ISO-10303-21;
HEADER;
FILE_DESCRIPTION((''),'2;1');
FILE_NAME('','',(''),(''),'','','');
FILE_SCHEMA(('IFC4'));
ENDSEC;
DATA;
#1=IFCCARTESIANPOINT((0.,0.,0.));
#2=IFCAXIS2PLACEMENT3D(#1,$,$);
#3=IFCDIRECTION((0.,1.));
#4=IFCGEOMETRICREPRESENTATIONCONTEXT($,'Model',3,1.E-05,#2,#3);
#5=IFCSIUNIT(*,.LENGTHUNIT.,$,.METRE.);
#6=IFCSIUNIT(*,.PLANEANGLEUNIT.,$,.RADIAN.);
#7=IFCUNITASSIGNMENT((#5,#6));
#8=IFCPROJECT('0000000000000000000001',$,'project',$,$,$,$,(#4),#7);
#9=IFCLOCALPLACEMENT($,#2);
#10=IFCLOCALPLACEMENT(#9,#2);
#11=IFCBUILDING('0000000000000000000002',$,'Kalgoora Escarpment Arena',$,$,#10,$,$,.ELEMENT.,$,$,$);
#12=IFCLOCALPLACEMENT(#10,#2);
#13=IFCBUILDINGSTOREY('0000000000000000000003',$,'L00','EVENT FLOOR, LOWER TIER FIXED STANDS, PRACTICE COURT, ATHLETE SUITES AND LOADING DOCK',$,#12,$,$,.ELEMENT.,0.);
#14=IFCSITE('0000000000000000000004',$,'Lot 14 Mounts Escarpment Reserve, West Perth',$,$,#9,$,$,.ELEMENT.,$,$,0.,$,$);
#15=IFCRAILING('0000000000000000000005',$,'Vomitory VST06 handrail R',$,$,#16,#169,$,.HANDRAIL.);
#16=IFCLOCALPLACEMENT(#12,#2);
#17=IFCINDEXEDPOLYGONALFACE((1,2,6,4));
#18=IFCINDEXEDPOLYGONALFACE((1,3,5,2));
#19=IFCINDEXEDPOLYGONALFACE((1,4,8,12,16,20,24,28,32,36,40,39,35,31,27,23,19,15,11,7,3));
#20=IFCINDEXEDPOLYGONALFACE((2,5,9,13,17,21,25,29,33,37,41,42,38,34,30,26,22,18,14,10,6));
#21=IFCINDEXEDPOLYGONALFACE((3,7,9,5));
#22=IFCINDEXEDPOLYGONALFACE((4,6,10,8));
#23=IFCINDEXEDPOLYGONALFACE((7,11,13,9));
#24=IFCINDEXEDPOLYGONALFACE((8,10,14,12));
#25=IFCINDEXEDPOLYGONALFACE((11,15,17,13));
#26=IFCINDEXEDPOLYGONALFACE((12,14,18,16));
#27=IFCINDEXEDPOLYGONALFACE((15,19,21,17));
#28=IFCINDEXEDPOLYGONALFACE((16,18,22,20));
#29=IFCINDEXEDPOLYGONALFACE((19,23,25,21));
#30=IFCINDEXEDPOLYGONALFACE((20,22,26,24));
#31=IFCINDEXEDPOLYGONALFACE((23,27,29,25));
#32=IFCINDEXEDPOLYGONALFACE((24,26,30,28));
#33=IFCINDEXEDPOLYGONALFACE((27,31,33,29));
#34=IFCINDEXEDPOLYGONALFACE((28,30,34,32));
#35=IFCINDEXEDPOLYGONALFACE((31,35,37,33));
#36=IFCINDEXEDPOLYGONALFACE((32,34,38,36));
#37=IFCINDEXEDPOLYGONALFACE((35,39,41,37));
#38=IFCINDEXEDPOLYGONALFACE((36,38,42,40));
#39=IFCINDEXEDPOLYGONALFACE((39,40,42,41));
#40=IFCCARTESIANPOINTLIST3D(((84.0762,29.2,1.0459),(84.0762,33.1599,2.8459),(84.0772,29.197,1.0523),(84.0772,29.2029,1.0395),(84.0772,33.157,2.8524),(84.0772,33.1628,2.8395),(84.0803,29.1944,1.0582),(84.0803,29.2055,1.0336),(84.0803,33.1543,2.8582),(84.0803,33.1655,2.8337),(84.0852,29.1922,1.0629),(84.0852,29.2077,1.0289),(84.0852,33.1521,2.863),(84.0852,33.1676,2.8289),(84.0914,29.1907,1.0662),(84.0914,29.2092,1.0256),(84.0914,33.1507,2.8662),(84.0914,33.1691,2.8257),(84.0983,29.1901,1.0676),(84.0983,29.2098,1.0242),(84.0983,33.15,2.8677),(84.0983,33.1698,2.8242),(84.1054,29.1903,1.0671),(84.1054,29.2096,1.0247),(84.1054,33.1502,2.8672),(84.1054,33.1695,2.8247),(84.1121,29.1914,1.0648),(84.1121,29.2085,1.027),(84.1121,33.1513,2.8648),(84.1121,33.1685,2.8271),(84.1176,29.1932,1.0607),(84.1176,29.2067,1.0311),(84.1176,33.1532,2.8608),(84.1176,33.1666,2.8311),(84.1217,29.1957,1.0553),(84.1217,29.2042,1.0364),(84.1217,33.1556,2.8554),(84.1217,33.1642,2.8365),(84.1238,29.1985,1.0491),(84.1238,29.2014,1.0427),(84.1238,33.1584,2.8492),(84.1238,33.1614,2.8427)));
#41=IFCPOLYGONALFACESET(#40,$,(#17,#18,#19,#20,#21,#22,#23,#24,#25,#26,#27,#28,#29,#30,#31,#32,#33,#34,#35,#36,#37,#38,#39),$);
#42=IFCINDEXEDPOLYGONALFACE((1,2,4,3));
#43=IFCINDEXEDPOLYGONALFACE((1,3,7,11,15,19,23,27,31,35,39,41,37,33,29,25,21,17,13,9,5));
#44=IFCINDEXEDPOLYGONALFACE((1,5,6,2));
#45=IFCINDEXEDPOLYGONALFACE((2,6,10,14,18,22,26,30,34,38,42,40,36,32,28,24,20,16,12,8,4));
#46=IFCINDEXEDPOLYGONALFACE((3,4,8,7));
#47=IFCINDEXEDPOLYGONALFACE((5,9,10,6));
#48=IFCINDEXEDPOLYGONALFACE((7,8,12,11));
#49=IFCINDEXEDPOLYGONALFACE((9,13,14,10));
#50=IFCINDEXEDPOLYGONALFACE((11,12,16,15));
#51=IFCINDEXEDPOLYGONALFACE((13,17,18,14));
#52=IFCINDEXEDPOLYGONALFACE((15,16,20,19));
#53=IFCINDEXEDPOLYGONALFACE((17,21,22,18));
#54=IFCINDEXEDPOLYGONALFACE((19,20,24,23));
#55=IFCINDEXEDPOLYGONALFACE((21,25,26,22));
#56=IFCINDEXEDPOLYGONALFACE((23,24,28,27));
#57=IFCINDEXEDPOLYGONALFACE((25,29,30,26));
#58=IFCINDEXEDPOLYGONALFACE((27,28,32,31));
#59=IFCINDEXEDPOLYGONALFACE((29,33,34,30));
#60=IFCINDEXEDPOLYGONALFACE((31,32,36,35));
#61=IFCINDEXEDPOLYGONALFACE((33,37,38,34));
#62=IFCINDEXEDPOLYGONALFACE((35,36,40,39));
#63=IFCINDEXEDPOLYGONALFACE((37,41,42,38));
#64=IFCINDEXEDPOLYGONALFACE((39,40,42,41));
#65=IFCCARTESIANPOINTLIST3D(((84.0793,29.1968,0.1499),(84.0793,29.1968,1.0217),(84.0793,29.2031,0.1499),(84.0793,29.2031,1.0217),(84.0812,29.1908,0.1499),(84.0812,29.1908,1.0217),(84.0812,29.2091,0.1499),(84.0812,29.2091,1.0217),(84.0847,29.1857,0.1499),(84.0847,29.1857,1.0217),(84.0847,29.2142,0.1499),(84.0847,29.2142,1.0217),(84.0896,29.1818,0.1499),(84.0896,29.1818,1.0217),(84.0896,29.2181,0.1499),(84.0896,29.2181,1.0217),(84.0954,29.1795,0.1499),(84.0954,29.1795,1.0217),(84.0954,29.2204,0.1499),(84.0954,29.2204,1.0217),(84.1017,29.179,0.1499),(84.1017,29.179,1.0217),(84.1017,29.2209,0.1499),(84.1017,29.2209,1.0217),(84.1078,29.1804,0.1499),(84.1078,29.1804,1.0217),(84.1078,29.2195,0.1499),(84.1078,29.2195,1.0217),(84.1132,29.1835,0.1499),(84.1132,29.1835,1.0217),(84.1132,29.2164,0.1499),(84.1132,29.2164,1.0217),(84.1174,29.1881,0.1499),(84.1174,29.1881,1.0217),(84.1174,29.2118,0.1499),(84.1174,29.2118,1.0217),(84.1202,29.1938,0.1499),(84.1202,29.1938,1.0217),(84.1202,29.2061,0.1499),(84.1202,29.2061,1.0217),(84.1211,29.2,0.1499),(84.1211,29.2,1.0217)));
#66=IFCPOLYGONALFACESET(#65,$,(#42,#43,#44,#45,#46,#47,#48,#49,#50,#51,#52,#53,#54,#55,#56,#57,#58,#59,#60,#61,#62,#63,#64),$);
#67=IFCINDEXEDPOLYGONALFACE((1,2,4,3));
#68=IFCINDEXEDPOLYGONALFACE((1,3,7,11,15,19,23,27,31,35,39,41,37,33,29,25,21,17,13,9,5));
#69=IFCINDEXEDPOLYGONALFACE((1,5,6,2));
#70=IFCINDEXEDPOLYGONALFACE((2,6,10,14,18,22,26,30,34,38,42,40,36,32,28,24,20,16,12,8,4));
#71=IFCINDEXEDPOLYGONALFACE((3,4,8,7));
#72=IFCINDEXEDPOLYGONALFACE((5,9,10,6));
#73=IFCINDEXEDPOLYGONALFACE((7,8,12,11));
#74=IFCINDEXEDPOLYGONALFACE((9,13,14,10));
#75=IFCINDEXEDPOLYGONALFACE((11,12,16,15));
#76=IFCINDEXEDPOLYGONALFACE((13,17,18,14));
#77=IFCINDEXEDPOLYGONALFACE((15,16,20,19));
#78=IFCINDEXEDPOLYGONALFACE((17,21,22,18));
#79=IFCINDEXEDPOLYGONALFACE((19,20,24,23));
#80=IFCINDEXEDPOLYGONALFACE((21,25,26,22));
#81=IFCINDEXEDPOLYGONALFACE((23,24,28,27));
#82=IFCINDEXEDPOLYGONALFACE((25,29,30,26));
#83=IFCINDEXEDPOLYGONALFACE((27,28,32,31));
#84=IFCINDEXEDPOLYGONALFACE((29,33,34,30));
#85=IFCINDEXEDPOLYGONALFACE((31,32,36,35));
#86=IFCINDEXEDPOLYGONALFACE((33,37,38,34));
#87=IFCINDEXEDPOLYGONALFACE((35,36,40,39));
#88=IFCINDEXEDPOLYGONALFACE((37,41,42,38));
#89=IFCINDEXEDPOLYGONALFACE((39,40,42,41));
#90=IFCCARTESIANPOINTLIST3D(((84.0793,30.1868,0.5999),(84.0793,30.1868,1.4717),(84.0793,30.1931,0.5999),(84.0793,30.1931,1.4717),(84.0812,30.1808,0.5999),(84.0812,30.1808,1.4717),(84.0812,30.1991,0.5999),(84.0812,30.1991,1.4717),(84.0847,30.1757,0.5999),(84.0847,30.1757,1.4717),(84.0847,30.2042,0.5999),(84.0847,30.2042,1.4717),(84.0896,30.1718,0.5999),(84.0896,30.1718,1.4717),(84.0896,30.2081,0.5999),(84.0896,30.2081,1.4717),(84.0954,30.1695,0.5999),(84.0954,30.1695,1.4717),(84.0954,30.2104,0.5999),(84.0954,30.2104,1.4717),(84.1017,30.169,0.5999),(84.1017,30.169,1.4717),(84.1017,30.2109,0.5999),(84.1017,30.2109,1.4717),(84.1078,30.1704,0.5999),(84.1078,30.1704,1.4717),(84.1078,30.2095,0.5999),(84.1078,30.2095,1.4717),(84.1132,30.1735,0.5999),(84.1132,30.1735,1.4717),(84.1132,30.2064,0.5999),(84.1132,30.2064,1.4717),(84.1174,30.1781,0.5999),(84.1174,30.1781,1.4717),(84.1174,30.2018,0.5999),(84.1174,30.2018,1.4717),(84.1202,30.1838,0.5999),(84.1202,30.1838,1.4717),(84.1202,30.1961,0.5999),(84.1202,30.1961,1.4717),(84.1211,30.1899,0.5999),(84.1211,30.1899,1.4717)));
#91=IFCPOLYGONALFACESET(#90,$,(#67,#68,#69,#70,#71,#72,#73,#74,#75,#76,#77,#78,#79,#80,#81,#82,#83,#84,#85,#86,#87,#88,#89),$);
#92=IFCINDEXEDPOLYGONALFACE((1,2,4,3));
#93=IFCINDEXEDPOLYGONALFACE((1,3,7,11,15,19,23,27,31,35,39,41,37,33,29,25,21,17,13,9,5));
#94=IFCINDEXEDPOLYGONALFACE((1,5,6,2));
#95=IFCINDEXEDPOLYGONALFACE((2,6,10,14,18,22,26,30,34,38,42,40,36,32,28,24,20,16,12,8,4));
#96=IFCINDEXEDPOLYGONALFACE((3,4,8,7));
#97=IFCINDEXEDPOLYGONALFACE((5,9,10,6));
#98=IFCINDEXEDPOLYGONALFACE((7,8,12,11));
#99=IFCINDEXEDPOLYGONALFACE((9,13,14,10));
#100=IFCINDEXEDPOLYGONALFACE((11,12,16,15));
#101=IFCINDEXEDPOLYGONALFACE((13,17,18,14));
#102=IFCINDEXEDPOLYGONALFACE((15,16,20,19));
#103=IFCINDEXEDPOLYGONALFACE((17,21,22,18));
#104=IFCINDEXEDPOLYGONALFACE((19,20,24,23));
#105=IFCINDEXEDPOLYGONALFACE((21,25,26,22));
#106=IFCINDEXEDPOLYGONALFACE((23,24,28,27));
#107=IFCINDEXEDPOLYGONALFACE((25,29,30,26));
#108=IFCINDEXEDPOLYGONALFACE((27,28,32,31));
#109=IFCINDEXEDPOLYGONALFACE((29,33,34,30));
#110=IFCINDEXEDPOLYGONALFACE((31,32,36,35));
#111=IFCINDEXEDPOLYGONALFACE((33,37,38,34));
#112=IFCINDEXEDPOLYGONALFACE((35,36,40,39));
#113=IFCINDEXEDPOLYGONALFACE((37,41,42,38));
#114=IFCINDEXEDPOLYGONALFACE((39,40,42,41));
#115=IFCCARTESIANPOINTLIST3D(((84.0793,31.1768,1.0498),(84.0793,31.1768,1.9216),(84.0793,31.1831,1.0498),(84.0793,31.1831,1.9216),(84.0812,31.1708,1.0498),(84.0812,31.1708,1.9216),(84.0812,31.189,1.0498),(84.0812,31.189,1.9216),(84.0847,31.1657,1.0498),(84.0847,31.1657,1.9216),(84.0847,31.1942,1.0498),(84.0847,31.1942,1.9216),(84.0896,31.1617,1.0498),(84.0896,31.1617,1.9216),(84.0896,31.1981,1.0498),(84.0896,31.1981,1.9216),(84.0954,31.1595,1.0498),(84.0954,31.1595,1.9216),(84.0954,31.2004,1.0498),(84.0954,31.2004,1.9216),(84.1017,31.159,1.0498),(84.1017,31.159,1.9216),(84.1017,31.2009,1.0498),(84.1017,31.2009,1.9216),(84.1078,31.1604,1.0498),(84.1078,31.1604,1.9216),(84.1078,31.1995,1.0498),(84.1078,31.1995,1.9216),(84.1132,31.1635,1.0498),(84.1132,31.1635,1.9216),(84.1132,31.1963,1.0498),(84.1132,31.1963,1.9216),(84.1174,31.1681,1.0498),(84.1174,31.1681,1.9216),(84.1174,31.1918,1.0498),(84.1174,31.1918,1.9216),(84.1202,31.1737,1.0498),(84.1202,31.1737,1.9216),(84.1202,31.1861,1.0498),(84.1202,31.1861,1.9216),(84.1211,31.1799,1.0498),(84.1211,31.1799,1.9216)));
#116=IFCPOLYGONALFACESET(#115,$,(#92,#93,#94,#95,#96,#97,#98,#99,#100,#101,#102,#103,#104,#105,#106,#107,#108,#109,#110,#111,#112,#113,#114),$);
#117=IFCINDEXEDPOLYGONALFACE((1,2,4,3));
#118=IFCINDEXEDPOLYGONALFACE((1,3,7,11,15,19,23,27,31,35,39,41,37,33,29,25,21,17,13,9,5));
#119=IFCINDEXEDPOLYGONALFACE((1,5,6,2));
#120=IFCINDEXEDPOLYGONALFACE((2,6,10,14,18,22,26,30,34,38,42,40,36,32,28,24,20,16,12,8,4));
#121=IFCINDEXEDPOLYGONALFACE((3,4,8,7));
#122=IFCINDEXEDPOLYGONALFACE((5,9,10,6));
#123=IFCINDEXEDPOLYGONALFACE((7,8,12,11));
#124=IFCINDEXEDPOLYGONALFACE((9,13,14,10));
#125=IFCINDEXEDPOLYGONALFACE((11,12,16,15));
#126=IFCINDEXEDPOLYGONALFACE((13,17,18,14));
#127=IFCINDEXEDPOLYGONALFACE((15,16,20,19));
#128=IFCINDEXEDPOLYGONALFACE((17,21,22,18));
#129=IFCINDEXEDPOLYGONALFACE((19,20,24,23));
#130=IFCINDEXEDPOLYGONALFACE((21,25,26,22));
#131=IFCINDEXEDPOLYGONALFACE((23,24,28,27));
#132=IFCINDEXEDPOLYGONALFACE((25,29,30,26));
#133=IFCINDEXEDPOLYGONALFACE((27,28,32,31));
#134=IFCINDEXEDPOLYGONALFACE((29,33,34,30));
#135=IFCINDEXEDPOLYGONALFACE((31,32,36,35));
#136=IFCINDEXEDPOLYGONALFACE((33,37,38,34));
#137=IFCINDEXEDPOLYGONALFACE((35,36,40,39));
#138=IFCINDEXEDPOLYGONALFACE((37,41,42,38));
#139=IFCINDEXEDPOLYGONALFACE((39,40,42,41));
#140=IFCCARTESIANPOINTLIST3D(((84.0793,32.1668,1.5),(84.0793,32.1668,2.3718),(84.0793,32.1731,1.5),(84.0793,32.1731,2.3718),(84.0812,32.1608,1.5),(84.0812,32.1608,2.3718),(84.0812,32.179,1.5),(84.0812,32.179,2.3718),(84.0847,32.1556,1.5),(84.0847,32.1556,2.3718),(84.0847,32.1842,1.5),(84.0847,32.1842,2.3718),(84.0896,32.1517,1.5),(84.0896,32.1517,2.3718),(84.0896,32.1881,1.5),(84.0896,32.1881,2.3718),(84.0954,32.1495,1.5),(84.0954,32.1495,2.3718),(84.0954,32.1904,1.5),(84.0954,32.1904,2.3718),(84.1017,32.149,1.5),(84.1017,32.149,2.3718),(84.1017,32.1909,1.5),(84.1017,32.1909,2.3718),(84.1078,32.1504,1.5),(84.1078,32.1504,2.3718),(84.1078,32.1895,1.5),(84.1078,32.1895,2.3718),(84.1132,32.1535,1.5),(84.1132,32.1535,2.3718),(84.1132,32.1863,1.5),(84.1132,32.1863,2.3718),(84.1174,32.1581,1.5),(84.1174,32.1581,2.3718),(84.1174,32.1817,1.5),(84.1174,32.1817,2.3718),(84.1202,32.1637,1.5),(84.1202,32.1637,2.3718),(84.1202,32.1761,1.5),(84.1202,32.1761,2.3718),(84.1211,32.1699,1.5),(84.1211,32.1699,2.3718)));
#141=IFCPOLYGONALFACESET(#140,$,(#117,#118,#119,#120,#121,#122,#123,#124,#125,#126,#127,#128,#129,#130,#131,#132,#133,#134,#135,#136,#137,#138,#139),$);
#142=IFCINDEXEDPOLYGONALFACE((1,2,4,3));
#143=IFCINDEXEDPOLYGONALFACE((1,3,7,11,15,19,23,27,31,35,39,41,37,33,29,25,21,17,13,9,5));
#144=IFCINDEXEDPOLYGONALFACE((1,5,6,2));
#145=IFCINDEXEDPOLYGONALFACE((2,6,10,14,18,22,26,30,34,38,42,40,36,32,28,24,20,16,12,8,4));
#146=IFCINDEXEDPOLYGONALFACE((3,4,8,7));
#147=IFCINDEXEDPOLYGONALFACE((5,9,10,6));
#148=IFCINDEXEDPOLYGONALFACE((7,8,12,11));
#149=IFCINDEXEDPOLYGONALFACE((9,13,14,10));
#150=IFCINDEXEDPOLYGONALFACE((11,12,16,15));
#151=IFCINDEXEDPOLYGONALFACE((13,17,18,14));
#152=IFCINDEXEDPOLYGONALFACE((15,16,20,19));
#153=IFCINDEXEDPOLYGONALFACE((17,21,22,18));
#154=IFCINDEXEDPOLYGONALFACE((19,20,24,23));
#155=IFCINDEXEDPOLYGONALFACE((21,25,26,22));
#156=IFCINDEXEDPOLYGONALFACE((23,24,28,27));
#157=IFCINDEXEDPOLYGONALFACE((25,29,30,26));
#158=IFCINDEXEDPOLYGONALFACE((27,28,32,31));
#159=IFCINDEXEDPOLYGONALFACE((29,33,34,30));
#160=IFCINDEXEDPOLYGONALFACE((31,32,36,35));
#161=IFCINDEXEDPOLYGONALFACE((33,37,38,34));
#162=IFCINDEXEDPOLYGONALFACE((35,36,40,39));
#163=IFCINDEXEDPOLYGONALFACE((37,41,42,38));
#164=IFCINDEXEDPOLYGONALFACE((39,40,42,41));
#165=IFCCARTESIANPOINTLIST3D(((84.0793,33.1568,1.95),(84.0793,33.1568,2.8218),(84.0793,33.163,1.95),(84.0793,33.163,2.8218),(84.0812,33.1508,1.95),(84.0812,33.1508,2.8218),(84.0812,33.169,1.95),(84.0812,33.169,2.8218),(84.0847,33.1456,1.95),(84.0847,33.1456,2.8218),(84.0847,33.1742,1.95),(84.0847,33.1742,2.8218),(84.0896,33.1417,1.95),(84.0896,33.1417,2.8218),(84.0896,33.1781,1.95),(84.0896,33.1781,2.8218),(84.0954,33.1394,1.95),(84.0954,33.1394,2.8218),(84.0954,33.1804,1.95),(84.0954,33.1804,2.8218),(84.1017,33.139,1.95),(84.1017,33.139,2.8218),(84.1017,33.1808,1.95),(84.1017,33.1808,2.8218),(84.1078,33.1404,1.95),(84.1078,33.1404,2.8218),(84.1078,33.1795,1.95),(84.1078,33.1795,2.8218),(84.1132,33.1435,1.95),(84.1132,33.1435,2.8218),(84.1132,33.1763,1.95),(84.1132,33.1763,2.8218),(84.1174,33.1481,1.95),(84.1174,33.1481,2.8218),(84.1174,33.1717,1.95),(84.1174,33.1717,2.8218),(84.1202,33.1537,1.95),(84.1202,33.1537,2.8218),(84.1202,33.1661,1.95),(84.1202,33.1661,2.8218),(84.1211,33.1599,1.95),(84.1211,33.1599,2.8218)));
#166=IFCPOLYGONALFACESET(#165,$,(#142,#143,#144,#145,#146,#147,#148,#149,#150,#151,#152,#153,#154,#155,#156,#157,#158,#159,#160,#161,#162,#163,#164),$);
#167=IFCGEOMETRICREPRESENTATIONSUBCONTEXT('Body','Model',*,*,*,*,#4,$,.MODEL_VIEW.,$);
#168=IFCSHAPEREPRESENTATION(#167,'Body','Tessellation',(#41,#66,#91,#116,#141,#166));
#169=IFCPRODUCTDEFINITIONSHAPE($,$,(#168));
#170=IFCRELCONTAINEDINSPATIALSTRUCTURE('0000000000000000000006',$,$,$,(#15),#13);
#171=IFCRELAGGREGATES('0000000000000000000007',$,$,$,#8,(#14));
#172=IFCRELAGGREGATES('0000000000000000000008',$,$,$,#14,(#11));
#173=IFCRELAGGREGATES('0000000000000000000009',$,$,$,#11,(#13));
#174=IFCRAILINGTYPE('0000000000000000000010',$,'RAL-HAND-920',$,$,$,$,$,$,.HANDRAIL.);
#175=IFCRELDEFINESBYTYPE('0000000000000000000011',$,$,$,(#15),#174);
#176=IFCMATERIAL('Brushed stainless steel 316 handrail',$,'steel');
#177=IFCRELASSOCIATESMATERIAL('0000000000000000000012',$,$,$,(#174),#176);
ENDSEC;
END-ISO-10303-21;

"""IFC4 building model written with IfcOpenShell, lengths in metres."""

from ifc_helpers import new_model, si_unit, direction, frame, origin, origin_2d, place, context, subcontext, project, spatial, circle, extrude, material, type_object, element, save


model = new_model("IFC4")

# Units and contexts
model_context = context("Model", 3, precision=1e-05, world=origin(), true_north=direction((0.0, 1.0)))
body_context = subcontext(model_context, "Body", "Model", "MODEL_VIEW")
ifc_project = project(units=[si_unit("LENGTHUNIT", "METRE"), si_unit("PLANEANGLEUNIT", "RADIAN")], contexts=[model_context])

# Site, building, storey
site_placement = place(None, origin())
site = spatial("IfcSite", under=ifc_project, at=site_placement, Name="Lot 14 Mounts Escarpment Reserve, West Perth", CompositionType="ELEMENT", RefElevation=0.0)
building_placement = place(site_placement, origin())
building = spatial("IfcBuilding", under=site, at=building_placement, Name="Kalgoora Escarpment Arena", CompositionType="ELEMENT")
storey_placement = place(building_placement, origin())
storey = spatial("IfcBuildingStorey", under=building, at=storey_placement, Name="L00", Description="EVENT FLOOR, LOWER TIER FIXED STANDS, PRACTICE COURT, ATHLETE SUITES AND LOADING DOCK", CompositionType="ELEMENT", Elevation=0.0)

# Railing
ifc_material_1 = material(Name="Brushed stainless steel 316 handrail", Category="steel")
railing_type_1 = type_object("IfcRailingType", Name="RAL-HAND-920", PredefinedType="HANDRAIL", material=ifc_material_1)
for number, where, name in (
    (1, (84.1001, 29.2, 0.1499), "Vomitory VST06 handrail R"),
):
    element("IfcRailing", number, at=place(storey_placement, frame(where)), inside=storey, type_object=railing_type_1, Name=name, PredefinedType="HANDRAIL", context=body_context, shape_type="SweptSolid", body=[
        extrude(circle(Radius=0.0239, at=origin_2d()), frame((0.0, 0.0, 0.896), z_axis=(0.0, 0.910361, 0.413816), x_axis=(-1.0, 0.0, 0.0)), (0.0, 0.0, 1.0), 4.3499),
        extrude(circle(Radius=0.021, at=origin_2d()), origin(), (0.0, 0.0, 1.0), 0.8718),
        extrude(circle(Radius=0.021, at=origin_2d()), frame((0.0, 0.99, 0.45)), (0.0, 0.0, 1.0), 0.8718),
        extrude(circle(Radius=0.021, at=origin_2d()), frame((0.0, 1.98, 0.8999)), (0.0, 0.0, 1.0), 0.8718),
        extrude(circle(Radius=0.021, at=origin_2d()), frame((0.0, 2.97, 1.3501)), (0.0, 0.0, 1.0), 0.8718),
        extrude(circle(Radius=0.021, at=origin_2d()), frame((0.0, 3.96, 1.8)), (0.0, 0.0, 1.0), 0.8718),
    ])

save(model, "model.ifc")
